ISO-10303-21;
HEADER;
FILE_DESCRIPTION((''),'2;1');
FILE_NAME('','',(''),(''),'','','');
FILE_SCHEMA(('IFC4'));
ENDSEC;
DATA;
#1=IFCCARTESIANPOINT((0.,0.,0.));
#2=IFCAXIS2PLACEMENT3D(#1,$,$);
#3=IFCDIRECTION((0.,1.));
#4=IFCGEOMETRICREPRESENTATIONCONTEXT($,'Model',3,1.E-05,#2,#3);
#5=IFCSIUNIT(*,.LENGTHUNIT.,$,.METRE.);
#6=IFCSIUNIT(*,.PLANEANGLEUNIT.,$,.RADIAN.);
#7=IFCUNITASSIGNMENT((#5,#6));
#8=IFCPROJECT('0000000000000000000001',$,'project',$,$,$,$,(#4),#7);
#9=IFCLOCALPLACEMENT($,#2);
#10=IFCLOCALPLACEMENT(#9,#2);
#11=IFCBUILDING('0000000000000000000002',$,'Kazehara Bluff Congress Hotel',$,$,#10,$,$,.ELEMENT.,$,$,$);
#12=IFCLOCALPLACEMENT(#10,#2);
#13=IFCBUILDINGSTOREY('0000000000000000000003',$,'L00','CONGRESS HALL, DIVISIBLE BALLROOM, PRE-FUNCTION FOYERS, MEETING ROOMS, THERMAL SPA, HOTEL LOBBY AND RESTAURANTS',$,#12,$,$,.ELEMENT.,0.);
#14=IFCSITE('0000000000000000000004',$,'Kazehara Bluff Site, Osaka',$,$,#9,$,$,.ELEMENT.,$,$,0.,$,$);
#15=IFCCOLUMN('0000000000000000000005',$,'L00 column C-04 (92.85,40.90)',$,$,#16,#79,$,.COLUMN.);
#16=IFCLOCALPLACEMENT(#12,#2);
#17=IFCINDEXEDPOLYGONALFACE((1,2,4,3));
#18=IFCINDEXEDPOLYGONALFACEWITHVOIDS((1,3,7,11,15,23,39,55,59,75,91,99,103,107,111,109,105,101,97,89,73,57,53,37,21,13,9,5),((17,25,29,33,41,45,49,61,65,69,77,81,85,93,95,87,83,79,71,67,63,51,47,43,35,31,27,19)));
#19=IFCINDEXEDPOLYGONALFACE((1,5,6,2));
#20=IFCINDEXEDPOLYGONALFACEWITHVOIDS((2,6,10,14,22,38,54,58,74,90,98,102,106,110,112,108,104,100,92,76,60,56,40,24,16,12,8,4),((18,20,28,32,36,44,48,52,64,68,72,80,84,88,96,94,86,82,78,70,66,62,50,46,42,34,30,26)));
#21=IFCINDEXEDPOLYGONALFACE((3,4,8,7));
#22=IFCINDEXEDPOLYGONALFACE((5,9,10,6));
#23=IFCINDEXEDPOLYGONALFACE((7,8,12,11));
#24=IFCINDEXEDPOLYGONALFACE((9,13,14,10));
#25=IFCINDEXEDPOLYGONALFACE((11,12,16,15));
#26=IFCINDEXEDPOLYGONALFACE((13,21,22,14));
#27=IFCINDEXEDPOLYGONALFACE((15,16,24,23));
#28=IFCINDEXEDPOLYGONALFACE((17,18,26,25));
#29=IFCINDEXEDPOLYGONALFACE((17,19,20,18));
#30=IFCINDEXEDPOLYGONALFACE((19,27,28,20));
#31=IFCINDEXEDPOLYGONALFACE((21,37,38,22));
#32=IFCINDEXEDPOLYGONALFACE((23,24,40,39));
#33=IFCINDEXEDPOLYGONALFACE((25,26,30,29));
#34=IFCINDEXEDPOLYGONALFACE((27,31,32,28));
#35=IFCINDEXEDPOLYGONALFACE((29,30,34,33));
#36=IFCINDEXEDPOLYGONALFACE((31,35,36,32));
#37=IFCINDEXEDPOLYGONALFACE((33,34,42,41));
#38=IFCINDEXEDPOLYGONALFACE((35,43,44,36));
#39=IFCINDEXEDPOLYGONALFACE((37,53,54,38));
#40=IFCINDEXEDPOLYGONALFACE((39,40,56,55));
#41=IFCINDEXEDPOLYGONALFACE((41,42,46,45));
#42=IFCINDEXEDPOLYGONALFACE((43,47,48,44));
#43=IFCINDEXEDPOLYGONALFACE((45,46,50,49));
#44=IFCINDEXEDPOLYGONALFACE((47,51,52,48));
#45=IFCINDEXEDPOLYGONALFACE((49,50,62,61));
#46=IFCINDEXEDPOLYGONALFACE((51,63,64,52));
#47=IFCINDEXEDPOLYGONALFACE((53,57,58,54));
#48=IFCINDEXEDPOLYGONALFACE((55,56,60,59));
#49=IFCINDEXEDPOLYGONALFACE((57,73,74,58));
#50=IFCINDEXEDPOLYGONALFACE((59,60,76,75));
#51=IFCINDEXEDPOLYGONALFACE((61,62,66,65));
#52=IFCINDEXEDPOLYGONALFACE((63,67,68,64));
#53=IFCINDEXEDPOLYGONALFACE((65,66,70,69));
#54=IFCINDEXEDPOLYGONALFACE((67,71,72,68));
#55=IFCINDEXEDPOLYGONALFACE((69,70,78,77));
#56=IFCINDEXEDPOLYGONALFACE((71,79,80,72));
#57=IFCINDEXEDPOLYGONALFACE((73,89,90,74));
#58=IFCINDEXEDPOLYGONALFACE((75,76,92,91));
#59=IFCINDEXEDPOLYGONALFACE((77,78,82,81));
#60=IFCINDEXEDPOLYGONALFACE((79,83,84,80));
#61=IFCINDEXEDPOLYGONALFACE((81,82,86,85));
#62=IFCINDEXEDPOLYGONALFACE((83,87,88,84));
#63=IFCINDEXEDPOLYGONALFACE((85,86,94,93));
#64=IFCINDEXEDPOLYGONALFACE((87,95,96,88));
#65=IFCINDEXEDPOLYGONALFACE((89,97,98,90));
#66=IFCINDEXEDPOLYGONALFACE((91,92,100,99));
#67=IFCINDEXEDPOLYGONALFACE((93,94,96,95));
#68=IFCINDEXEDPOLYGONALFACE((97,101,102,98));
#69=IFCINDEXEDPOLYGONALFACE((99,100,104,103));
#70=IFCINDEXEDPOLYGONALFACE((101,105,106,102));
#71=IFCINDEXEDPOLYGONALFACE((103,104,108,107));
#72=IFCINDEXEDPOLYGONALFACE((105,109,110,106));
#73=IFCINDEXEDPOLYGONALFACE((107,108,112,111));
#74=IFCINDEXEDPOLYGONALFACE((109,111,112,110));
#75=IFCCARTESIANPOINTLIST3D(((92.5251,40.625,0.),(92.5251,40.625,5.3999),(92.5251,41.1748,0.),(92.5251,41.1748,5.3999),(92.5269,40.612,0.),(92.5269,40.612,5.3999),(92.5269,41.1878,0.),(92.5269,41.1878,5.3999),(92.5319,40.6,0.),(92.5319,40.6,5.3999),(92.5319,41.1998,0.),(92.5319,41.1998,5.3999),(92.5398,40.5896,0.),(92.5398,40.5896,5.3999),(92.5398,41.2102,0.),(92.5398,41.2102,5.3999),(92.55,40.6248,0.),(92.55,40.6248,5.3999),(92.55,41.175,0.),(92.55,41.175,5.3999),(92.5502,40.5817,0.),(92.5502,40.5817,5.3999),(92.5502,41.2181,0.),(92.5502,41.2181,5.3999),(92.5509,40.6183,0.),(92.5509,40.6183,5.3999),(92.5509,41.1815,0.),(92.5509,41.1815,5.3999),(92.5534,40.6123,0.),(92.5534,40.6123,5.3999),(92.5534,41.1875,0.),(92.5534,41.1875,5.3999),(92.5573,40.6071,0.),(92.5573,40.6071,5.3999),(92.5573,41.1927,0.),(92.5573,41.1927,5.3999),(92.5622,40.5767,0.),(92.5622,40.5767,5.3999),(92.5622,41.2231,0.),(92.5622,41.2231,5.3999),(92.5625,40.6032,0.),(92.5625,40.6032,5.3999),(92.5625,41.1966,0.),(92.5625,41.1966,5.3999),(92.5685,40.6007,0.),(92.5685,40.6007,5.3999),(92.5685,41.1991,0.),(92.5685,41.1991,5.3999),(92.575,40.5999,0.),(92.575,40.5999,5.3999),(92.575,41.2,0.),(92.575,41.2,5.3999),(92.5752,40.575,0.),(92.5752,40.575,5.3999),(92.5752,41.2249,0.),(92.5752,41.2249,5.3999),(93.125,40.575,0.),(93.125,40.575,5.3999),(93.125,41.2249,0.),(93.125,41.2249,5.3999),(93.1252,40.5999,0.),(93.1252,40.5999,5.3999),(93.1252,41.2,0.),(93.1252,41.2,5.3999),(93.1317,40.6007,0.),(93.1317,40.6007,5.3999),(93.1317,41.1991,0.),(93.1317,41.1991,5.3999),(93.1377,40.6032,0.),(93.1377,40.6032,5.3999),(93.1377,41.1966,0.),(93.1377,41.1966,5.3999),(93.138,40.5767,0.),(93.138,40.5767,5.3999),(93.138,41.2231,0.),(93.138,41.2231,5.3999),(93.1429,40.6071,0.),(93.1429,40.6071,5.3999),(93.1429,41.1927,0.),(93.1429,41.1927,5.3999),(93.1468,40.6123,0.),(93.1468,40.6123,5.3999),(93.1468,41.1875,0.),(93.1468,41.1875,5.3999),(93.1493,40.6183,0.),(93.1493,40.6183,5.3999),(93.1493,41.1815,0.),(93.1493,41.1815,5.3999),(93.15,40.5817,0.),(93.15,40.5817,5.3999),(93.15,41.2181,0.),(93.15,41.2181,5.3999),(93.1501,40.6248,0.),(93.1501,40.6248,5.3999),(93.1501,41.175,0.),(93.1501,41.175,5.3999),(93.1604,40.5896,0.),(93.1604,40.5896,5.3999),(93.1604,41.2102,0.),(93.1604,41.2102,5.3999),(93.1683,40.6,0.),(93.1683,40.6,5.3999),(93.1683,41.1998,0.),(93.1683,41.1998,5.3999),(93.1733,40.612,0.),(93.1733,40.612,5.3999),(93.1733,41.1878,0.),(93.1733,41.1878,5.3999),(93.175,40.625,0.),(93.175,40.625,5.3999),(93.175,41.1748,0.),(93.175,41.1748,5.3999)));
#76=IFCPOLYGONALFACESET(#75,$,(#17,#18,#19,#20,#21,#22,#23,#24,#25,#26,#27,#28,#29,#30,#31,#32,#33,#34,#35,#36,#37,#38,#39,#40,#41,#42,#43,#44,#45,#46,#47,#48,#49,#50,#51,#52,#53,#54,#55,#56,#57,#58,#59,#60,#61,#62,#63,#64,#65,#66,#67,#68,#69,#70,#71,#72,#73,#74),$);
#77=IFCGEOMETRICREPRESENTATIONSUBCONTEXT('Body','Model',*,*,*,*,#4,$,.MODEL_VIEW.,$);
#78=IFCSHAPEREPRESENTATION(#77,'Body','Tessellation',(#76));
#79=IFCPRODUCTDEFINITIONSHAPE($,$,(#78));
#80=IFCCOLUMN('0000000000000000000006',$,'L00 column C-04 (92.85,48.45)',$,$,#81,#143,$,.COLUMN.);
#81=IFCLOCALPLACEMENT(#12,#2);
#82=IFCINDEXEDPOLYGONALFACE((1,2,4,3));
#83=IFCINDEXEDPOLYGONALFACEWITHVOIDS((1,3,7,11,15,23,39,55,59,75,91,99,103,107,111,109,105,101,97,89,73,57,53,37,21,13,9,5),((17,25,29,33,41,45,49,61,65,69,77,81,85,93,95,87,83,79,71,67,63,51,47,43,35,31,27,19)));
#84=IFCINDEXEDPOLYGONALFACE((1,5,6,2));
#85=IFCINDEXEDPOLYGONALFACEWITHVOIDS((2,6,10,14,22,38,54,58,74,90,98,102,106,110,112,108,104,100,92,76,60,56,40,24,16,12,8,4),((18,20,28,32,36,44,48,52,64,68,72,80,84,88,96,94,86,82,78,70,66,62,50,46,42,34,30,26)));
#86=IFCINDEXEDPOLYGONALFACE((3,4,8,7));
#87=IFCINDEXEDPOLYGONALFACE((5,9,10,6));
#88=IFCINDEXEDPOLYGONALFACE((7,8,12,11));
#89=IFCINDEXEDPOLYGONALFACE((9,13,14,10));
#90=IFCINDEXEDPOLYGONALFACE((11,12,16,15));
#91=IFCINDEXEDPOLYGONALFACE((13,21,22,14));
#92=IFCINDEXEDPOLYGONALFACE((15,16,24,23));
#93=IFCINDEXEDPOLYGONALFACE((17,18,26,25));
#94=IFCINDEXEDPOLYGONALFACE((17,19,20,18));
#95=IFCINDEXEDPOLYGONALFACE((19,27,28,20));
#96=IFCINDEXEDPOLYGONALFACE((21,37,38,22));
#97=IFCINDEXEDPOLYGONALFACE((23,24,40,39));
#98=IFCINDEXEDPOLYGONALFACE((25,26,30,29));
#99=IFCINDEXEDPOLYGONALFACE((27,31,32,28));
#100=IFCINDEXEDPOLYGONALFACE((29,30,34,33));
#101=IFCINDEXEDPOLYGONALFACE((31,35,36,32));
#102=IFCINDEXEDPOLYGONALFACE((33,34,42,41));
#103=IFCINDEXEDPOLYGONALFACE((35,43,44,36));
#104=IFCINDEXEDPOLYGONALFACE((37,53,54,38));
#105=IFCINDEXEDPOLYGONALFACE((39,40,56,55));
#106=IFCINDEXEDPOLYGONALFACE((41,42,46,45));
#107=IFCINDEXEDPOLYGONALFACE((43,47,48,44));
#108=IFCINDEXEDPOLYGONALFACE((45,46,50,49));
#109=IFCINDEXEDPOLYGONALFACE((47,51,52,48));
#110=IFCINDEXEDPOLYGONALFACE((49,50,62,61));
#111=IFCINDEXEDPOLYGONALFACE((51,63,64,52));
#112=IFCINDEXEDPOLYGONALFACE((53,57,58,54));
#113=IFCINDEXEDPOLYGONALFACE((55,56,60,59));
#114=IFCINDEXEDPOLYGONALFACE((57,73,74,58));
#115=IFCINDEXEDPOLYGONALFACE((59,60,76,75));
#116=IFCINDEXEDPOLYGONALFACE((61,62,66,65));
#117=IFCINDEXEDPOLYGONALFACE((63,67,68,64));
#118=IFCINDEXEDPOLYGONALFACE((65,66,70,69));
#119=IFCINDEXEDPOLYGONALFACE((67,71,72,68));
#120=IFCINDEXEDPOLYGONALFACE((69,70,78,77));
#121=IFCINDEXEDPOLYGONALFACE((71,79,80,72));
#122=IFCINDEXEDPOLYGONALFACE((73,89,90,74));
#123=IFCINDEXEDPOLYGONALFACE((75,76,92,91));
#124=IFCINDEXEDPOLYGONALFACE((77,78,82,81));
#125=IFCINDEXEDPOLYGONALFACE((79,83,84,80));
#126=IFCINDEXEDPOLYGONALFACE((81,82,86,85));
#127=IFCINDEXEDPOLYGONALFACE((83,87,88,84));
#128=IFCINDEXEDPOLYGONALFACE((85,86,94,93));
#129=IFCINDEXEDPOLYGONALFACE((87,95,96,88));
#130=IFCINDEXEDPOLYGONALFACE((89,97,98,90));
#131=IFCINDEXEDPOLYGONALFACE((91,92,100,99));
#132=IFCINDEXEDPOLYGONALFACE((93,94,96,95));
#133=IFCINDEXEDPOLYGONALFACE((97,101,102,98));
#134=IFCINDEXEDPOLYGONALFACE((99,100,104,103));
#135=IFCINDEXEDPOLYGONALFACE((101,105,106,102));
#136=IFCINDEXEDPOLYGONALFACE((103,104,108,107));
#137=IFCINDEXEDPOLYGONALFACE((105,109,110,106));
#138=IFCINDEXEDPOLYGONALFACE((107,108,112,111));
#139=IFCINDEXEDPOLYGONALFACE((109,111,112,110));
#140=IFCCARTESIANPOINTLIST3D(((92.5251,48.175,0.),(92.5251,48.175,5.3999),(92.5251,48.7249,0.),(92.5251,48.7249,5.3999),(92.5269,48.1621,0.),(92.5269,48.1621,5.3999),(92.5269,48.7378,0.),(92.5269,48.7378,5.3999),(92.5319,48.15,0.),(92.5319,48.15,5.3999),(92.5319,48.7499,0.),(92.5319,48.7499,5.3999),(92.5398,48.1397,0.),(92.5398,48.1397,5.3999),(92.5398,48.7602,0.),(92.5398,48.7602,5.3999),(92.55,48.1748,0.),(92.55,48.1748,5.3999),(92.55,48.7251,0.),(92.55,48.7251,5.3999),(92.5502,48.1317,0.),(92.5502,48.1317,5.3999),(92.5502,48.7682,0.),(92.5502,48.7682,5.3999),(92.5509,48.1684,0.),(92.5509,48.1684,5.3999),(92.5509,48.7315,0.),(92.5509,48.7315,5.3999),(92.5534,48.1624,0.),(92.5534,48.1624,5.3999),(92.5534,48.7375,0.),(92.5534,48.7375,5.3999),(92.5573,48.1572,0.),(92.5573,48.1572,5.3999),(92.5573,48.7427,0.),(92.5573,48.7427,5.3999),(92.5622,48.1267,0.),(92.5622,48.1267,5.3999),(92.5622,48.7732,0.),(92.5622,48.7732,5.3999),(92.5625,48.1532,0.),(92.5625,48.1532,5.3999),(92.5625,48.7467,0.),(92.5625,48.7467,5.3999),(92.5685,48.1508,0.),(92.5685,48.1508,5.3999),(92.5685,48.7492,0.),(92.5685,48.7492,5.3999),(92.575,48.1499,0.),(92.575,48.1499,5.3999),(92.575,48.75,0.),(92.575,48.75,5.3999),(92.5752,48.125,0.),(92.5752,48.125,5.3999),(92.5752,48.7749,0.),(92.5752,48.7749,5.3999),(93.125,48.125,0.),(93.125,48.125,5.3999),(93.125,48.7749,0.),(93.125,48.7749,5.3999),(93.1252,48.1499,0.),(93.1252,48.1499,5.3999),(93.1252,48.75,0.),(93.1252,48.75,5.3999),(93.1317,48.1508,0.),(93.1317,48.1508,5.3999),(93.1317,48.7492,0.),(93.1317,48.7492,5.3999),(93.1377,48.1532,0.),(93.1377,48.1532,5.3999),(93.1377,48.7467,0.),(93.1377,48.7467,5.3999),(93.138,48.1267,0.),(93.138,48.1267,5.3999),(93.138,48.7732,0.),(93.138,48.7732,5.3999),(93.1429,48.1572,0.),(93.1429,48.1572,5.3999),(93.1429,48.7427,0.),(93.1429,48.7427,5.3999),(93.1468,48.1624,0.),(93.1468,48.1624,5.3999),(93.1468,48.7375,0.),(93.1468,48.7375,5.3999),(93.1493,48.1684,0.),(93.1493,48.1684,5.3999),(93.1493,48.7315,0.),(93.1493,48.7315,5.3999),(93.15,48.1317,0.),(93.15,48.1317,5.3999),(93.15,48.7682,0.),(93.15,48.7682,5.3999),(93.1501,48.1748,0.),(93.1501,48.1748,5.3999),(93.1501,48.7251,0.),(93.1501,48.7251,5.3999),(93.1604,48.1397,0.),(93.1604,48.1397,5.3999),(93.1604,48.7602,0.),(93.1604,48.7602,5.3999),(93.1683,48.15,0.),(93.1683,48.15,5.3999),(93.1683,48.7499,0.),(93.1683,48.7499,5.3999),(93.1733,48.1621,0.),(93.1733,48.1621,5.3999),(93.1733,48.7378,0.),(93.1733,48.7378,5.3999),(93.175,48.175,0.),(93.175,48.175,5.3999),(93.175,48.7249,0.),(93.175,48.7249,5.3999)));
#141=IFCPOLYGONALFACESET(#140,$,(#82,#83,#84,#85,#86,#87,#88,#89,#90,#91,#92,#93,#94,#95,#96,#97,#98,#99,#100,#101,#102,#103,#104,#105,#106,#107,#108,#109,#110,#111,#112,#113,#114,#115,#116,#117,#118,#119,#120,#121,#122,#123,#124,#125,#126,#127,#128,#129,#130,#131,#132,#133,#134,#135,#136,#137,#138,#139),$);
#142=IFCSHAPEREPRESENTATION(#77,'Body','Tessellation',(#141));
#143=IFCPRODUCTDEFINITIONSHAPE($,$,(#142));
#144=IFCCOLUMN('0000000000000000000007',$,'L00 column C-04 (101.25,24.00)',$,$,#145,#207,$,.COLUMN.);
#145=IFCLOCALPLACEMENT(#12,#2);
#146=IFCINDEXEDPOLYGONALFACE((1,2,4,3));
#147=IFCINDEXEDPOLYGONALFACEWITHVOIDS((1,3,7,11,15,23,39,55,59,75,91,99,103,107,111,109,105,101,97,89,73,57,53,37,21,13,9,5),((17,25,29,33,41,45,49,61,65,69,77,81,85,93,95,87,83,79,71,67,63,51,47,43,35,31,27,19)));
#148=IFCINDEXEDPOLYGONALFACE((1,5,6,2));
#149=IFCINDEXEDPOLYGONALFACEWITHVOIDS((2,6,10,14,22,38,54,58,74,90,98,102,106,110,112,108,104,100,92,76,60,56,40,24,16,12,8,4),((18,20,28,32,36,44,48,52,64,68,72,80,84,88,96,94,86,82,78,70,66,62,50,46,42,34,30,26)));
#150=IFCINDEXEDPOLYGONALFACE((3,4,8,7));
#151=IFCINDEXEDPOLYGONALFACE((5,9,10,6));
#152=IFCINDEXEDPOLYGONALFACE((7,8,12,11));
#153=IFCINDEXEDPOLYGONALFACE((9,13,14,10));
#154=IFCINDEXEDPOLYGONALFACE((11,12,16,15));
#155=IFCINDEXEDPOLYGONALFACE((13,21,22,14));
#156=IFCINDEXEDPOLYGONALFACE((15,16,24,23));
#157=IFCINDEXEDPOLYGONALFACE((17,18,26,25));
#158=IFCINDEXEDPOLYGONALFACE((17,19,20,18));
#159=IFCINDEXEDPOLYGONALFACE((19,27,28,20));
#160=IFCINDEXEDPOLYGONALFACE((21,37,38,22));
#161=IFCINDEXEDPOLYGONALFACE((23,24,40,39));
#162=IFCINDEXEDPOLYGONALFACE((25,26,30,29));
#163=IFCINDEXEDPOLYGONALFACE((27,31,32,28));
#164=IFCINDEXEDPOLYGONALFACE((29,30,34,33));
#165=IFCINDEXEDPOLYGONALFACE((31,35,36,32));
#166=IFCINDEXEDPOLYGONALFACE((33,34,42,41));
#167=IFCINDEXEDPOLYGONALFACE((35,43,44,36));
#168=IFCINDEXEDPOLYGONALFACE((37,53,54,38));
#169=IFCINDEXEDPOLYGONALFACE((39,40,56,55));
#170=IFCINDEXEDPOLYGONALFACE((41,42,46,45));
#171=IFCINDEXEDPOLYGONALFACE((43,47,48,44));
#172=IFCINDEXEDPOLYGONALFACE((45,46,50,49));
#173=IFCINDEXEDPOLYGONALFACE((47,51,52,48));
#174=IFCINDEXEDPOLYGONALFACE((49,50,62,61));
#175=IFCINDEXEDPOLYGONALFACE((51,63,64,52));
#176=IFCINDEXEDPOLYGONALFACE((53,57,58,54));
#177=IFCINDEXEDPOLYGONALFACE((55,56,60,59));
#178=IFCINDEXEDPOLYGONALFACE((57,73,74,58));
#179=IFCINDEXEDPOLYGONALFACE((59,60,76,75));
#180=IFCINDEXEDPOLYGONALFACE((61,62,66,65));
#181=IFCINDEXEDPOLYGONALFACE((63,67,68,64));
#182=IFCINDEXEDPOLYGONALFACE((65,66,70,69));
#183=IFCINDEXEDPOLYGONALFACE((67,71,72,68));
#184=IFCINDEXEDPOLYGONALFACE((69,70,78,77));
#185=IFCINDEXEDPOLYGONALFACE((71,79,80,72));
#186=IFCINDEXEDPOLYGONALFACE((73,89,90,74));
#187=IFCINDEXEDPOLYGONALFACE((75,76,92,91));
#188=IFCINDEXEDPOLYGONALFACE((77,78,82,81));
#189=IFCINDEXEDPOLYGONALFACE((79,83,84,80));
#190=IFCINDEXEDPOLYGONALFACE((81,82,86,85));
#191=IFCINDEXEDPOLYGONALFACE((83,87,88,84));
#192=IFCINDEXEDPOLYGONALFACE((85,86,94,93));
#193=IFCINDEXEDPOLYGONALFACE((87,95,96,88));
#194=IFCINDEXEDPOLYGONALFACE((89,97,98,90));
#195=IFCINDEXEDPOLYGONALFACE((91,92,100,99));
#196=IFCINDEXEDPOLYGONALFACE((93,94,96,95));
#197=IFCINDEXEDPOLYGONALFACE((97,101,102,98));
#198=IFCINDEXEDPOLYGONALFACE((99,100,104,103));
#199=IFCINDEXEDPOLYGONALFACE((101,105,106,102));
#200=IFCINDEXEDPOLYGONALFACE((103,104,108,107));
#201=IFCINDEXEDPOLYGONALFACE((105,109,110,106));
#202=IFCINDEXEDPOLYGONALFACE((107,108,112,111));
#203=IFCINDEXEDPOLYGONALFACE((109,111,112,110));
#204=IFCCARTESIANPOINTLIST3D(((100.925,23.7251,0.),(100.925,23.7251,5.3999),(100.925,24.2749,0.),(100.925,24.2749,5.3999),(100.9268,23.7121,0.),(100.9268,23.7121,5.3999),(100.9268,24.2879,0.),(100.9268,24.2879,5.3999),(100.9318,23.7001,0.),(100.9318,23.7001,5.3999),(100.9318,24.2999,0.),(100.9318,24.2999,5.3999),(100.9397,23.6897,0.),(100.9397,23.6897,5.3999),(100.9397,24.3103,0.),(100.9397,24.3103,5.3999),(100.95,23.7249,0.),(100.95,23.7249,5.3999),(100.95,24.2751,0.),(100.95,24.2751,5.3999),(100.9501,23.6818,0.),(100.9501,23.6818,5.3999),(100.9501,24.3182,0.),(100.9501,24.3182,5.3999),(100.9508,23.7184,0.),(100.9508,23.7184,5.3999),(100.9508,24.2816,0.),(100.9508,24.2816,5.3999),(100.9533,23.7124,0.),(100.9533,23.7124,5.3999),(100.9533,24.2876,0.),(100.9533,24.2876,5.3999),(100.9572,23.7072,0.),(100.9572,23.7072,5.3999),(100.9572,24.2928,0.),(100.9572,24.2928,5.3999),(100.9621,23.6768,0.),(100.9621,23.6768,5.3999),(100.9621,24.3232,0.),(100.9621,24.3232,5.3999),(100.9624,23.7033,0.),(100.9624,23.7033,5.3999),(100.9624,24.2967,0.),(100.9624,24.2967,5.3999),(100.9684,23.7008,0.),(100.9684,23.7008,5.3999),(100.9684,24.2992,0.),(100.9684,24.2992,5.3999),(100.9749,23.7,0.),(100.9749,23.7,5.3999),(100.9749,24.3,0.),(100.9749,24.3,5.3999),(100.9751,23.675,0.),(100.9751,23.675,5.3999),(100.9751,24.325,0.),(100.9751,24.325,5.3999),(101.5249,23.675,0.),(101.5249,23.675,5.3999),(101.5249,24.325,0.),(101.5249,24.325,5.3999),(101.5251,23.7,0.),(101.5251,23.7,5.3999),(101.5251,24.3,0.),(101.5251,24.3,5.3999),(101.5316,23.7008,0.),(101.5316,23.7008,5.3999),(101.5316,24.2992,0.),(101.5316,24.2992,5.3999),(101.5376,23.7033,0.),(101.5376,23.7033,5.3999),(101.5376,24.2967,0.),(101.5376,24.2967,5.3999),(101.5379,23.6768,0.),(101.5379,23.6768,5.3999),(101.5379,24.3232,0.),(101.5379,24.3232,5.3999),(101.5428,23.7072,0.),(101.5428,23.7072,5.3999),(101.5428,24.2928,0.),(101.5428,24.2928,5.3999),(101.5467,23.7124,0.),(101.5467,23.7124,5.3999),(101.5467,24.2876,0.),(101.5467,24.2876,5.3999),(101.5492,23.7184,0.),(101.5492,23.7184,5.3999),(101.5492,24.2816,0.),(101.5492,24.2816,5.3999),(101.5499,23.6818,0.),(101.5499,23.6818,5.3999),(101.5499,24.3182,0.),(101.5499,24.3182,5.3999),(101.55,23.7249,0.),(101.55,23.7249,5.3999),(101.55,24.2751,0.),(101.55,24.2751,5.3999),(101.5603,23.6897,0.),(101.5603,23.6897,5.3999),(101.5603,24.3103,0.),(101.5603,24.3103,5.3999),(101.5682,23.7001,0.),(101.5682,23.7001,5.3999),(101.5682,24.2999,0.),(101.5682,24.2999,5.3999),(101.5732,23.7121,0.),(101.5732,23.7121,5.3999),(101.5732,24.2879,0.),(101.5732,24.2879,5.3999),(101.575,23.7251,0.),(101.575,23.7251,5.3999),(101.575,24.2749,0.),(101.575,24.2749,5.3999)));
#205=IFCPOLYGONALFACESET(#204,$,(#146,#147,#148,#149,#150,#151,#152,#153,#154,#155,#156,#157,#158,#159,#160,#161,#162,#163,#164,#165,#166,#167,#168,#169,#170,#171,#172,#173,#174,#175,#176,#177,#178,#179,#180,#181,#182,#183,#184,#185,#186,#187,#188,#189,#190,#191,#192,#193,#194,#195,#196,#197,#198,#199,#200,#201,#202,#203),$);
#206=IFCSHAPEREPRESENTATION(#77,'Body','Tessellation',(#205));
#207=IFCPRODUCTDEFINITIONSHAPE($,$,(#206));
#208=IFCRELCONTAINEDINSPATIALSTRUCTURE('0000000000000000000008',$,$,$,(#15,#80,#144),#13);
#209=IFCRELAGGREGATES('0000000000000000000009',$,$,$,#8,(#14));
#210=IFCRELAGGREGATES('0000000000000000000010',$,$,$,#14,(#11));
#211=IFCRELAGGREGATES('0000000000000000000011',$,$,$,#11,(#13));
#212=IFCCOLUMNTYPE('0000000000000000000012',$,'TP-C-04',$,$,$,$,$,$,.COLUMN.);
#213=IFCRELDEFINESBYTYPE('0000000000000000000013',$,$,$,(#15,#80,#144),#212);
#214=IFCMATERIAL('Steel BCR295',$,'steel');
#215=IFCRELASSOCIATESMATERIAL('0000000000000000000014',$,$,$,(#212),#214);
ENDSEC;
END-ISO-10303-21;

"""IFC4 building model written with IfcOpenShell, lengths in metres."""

from ifc_helpers import new_model, si_unit, direction, frame, origin, origin_2d, place, context, subcontext, project, spatial, hollow_rectangle, extrude, material, material_profile, profile_set, type_object, element, save


model = new_model("IFC4")

# Units and contexts
model_context = context("Model", 3, precision=1e-05, world=origin(), true_north=direction((0.0, 1.0)))
body_context = subcontext(model_context, "Body", "Model", "MODEL_VIEW")
ifc_project = project(units=[si_unit("LENGTHUNIT", "METRE"), si_unit("PLANEANGLEUNIT", "RADIAN")], contexts=[model_context])

# Site, building, storey
site_placement = place(None, origin())
site = spatial("IfcSite", under=ifc_project, at=site_placement, Name="Kazehara Bluff Site, Osaka", CompositionType="ELEMENT", RefElevation=0.0)
building_placement = place(site_placement, origin())
building = spatial("IfcBuilding", under=site, at=building_placement, Name="Kazehara Bluff Congress Hotel", CompositionType="ELEMENT")
storey_placement = place(building_placement, origin())
storey = spatial("IfcBuildingStorey", under=building, at=storey_placement, Name="L00", Description="CONGRESS HALL, DIVISIBLE BALLROOM, PRE-FUNCTION FOYERS, MEETING ROOMS, THERMAL SPA, HOTEL LOBBY AND RESTAURANTS", CompositionType="ELEMENT", Elevation=0.0)

# Columns
ifc_material_1 = material(Name="Steel BCR295", Category="steel")
ifc_material_profile_1 = material_profile(ifc_material_1, hollow_rectangle(XDim=0.6499, YDim=0.6499, WallThickness=0.0249, InnerFilletRadius=0.0249, OuterFilletRadius=0.05, at=origin_2d()))
ifc_profile_set_1 = profile_set([ifc_material_profile_1], Name="Steel BCR295")
column_type = type_object("IfcColumnType", Name="TP-C-04", PredefinedType="COLUMN", material=ifc_profile_set_1)
for number, where, z_axis, x_axis, name in (
    (1, (92.8501, 40.8999, 0.0), (0.0, 0.0, 1.0), (1.0, 0.0, 0.0), "L00 column C-04 (92.85,40.90)"),
    (2, (92.8501, 48.45, 0.0), (0.0, 0.0, 1.0), (1.0, 0.0, 0.0), "L00 column C-04 (92.85,48.45)"),
    (3, (101.25, 24.0, 0.0), (0.0, 0.0, 1.0), (1.0, 0.0, 0.0), "L00 column C-04 (101.25,24.00)"),
):
    element("IfcColumn", number, at=place(storey_placement, frame(where, z_axis=z_axis, x_axis=x_axis)), inside=storey, type_object=column_type, Name=name, PredefinedType="COLUMN", context=body_context, shape_type="SweptSolid", body=[
        extrude(hollow_rectangle(XDim=0.6499, YDim=0.6499, WallThickness=0.0249, InnerFilletRadius=0.0249, OuterFilletRadius=0.05, at=origin_2d()), origin(), (0.0, 0.0, 1.0), 5.3999),
    ])

save(model, "model.ifc")
